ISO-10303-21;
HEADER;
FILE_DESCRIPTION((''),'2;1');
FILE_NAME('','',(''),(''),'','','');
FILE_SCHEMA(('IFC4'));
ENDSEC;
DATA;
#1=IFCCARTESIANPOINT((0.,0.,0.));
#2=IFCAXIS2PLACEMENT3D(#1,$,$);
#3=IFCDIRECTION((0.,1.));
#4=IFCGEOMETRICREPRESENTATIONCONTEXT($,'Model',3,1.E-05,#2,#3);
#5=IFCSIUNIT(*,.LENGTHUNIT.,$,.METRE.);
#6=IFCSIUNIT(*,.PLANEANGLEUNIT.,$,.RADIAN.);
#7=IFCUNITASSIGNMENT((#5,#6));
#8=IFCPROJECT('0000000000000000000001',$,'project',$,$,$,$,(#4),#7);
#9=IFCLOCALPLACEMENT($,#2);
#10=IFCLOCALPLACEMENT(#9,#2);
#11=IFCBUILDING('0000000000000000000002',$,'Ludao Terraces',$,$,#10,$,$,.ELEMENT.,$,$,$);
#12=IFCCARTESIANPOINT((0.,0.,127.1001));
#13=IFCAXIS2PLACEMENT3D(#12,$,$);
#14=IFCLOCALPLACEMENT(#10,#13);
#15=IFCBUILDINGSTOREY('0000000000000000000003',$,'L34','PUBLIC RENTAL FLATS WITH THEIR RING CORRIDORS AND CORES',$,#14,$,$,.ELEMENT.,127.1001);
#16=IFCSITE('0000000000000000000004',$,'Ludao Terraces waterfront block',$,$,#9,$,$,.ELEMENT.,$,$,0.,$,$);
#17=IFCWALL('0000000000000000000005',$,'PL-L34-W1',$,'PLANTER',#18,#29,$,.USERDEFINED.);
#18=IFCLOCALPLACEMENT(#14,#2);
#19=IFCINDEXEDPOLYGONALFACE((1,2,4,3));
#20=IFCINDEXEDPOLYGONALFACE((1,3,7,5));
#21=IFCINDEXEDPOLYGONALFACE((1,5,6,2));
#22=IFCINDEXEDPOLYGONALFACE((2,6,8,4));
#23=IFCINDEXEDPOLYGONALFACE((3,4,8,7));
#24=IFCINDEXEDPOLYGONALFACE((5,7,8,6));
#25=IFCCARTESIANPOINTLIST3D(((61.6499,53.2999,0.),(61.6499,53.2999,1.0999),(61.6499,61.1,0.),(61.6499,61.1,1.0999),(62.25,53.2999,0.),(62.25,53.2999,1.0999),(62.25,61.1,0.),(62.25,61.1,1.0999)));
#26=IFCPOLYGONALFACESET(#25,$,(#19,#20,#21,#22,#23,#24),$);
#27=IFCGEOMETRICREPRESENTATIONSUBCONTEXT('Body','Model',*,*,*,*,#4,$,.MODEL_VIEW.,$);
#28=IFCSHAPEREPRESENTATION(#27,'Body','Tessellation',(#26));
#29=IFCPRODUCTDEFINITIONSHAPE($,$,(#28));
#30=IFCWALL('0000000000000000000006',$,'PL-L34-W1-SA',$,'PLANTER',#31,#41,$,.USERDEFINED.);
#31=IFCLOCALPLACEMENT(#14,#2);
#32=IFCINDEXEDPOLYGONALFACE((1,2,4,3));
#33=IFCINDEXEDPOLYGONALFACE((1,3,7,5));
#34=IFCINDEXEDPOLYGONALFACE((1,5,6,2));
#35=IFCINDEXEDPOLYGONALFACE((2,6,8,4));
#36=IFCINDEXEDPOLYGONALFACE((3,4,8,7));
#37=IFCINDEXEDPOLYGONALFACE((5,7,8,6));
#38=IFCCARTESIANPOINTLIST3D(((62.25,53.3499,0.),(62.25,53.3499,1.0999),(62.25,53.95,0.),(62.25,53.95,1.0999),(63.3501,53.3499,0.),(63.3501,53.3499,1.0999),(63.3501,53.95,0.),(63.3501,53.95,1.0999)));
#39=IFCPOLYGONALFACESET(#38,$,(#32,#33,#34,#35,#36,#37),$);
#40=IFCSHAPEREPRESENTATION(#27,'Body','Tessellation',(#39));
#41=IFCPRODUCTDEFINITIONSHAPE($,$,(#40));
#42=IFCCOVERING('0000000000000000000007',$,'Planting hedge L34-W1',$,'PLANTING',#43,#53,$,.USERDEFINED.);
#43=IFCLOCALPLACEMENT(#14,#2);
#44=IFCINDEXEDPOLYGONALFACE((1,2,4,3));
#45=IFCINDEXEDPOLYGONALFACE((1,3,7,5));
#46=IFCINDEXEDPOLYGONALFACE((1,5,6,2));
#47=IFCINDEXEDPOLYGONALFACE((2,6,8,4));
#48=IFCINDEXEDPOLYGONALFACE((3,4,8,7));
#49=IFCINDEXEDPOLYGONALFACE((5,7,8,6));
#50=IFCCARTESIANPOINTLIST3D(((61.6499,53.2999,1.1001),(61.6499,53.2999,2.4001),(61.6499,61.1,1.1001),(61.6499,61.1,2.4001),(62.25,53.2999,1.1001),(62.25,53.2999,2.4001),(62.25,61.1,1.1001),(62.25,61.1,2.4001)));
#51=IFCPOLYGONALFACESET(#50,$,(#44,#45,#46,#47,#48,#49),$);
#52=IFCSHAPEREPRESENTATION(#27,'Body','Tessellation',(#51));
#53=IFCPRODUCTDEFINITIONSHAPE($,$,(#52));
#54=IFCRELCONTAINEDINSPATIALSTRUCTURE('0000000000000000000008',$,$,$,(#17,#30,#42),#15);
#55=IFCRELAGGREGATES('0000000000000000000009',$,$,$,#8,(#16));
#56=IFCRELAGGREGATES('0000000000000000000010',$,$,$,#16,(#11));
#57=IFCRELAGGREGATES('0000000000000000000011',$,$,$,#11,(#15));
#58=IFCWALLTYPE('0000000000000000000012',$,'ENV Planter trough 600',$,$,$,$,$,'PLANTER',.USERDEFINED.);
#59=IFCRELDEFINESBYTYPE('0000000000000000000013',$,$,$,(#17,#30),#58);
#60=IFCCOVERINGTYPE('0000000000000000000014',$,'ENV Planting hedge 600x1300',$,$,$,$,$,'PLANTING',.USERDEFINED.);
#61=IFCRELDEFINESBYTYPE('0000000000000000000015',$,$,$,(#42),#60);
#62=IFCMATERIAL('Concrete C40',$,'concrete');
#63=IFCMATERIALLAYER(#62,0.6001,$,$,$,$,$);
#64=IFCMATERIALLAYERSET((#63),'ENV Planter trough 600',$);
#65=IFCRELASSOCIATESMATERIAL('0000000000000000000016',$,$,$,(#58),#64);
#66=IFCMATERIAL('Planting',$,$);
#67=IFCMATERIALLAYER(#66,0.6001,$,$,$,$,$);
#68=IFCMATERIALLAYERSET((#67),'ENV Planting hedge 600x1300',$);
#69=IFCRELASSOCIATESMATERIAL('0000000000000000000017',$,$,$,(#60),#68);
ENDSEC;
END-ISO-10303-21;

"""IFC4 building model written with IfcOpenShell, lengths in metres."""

from ifc_helpers import new_model, si_unit, direction, frame, frame_2d, origin, origin_2d, place, context, subcontext, project, spatial, rectangle, extrude, material, layer, layer_set, type_object, element, save


model = new_model("IFC4")

# Units and contexts
model_context = context("Model", 3, precision=1e-05, world=origin(), true_north=direction((0.0, 1.0)))
body_context = subcontext(model_context, "Body", "Model", "MODEL_VIEW")
ifc_project = project(units=[si_unit("LENGTHUNIT", "METRE"), si_unit("PLANEANGLEUNIT", "RADIAN")], contexts=[model_context])

# Site, building, storey
site_placement = place(None, origin())
site = spatial("IfcSite", under=ifc_project, at=site_placement, Name="Ludao Terraces waterfront block", CompositionType="ELEMENT", RefElevation=0.0)
building_placement = place(site_placement, origin())
building = spatial("IfcBuilding", under=site, at=building_placement, Name="Ludao Terraces", CompositionType="ELEMENT")
storey_placement = place(building_placement, frame((0.0, 0.0, 127.1001)))
storey = spatial("IfcBuildingStorey", under=building, at=storey_placement, Name="L34", Description="PUBLIC RENTAL FLATS WITH THEIR RING CORRIDORS AND CORES", CompositionType="ELEMENT", Elevation=127.1001)

# Shared definitions
ifc_material_1 = material(Name="Concrete C40", Category="concrete")

# Walls
ifc_layer_1 = layer(ifc_material_1, 0.6001)
ifc_layer_set_1 = layer_set([ifc_layer_1], Name="ENV Planter trough 600")
wall_type = type_object("IfcWallType", Name="ENV Planter trough 600", ElementType="PLANTER", PredefinedType="USERDEFINED", material=ifc_layer_set_1)
wall_1_placement = place(storey_placement, frame((61.95, 53.3, 0.0), z_axis=(0.0, 0.0, 1.0), x_axis=(0.0, 1.0, 0.0)))
element("IfcWall", 1, at=wall_1_placement, inside=storey, type_object=wall_type, Name="PL-L34-W1", ObjectType="PLANTER", PredefinedType="USERDEFINED", context=body_context, shape_type="SweptSolid", body=[
    extrude(rectangle(XDim=7.8, YDim=0.6001, at=frame_2d((3.8999, 0.0))), origin(), (0.0, 0.0, 1.0), 1.0999),
])
wall_2_placement = place(storey_placement, frame((62.25, 53.6499, 0.0), z_axis=(0.0, 0.0, 1.0), x_axis=(1.0, 0.0, 0.0)))
element("IfcWall", 2, at=wall_2_placement, inside=storey, type_object=wall_type, Name="PL-L34-W1-SA", ObjectType="PLANTER", PredefinedType="USERDEFINED", context=body_context, shape_type="SweptSolid", body=[
    extrude(rectangle(XDim=1.1001, YDim=0.6001, at=frame_2d((0.55, 0.0))), origin(), (0.0, 0.0, 1.0), 1.0999),
])

# Covering
ifc_material_2 = material(Name="Planting")
ifc_layer_2 = layer(ifc_material_2, 0.6001)
ifc_layer_set_2 = layer_set([ifc_layer_2], Name="ENV Planting hedge 600x1300")
covering_type = type_object("IfcCoveringType", Name="ENV Planting hedge 600x1300", ElementType="PLANTING", PredefinedType="USERDEFINED", material=ifc_layer_set_2)
covering_placement = place(storey_placement, frame((61.95, 57.2, 1.1001), z_axis=(0.0, 0.0, 1.0), x_axis=(1.0, 0.0, 0.0)))
element("IfcCovering", 3, at=covering_placement, inside=storey, type_object=covering_type, Name="Planting hedge L34-W1", ObjectType="PLANTING", PredefinedType="USERDEFINED", context=body_context, shape_type="SweptSolid", body=[
    extrude(rectangle(XDim=0.6001, YDim=7.8, at=origin_2d()), origin(), (0.0, 0.0, 1.0), 1.3),
])

save(model, "model.ifc")
